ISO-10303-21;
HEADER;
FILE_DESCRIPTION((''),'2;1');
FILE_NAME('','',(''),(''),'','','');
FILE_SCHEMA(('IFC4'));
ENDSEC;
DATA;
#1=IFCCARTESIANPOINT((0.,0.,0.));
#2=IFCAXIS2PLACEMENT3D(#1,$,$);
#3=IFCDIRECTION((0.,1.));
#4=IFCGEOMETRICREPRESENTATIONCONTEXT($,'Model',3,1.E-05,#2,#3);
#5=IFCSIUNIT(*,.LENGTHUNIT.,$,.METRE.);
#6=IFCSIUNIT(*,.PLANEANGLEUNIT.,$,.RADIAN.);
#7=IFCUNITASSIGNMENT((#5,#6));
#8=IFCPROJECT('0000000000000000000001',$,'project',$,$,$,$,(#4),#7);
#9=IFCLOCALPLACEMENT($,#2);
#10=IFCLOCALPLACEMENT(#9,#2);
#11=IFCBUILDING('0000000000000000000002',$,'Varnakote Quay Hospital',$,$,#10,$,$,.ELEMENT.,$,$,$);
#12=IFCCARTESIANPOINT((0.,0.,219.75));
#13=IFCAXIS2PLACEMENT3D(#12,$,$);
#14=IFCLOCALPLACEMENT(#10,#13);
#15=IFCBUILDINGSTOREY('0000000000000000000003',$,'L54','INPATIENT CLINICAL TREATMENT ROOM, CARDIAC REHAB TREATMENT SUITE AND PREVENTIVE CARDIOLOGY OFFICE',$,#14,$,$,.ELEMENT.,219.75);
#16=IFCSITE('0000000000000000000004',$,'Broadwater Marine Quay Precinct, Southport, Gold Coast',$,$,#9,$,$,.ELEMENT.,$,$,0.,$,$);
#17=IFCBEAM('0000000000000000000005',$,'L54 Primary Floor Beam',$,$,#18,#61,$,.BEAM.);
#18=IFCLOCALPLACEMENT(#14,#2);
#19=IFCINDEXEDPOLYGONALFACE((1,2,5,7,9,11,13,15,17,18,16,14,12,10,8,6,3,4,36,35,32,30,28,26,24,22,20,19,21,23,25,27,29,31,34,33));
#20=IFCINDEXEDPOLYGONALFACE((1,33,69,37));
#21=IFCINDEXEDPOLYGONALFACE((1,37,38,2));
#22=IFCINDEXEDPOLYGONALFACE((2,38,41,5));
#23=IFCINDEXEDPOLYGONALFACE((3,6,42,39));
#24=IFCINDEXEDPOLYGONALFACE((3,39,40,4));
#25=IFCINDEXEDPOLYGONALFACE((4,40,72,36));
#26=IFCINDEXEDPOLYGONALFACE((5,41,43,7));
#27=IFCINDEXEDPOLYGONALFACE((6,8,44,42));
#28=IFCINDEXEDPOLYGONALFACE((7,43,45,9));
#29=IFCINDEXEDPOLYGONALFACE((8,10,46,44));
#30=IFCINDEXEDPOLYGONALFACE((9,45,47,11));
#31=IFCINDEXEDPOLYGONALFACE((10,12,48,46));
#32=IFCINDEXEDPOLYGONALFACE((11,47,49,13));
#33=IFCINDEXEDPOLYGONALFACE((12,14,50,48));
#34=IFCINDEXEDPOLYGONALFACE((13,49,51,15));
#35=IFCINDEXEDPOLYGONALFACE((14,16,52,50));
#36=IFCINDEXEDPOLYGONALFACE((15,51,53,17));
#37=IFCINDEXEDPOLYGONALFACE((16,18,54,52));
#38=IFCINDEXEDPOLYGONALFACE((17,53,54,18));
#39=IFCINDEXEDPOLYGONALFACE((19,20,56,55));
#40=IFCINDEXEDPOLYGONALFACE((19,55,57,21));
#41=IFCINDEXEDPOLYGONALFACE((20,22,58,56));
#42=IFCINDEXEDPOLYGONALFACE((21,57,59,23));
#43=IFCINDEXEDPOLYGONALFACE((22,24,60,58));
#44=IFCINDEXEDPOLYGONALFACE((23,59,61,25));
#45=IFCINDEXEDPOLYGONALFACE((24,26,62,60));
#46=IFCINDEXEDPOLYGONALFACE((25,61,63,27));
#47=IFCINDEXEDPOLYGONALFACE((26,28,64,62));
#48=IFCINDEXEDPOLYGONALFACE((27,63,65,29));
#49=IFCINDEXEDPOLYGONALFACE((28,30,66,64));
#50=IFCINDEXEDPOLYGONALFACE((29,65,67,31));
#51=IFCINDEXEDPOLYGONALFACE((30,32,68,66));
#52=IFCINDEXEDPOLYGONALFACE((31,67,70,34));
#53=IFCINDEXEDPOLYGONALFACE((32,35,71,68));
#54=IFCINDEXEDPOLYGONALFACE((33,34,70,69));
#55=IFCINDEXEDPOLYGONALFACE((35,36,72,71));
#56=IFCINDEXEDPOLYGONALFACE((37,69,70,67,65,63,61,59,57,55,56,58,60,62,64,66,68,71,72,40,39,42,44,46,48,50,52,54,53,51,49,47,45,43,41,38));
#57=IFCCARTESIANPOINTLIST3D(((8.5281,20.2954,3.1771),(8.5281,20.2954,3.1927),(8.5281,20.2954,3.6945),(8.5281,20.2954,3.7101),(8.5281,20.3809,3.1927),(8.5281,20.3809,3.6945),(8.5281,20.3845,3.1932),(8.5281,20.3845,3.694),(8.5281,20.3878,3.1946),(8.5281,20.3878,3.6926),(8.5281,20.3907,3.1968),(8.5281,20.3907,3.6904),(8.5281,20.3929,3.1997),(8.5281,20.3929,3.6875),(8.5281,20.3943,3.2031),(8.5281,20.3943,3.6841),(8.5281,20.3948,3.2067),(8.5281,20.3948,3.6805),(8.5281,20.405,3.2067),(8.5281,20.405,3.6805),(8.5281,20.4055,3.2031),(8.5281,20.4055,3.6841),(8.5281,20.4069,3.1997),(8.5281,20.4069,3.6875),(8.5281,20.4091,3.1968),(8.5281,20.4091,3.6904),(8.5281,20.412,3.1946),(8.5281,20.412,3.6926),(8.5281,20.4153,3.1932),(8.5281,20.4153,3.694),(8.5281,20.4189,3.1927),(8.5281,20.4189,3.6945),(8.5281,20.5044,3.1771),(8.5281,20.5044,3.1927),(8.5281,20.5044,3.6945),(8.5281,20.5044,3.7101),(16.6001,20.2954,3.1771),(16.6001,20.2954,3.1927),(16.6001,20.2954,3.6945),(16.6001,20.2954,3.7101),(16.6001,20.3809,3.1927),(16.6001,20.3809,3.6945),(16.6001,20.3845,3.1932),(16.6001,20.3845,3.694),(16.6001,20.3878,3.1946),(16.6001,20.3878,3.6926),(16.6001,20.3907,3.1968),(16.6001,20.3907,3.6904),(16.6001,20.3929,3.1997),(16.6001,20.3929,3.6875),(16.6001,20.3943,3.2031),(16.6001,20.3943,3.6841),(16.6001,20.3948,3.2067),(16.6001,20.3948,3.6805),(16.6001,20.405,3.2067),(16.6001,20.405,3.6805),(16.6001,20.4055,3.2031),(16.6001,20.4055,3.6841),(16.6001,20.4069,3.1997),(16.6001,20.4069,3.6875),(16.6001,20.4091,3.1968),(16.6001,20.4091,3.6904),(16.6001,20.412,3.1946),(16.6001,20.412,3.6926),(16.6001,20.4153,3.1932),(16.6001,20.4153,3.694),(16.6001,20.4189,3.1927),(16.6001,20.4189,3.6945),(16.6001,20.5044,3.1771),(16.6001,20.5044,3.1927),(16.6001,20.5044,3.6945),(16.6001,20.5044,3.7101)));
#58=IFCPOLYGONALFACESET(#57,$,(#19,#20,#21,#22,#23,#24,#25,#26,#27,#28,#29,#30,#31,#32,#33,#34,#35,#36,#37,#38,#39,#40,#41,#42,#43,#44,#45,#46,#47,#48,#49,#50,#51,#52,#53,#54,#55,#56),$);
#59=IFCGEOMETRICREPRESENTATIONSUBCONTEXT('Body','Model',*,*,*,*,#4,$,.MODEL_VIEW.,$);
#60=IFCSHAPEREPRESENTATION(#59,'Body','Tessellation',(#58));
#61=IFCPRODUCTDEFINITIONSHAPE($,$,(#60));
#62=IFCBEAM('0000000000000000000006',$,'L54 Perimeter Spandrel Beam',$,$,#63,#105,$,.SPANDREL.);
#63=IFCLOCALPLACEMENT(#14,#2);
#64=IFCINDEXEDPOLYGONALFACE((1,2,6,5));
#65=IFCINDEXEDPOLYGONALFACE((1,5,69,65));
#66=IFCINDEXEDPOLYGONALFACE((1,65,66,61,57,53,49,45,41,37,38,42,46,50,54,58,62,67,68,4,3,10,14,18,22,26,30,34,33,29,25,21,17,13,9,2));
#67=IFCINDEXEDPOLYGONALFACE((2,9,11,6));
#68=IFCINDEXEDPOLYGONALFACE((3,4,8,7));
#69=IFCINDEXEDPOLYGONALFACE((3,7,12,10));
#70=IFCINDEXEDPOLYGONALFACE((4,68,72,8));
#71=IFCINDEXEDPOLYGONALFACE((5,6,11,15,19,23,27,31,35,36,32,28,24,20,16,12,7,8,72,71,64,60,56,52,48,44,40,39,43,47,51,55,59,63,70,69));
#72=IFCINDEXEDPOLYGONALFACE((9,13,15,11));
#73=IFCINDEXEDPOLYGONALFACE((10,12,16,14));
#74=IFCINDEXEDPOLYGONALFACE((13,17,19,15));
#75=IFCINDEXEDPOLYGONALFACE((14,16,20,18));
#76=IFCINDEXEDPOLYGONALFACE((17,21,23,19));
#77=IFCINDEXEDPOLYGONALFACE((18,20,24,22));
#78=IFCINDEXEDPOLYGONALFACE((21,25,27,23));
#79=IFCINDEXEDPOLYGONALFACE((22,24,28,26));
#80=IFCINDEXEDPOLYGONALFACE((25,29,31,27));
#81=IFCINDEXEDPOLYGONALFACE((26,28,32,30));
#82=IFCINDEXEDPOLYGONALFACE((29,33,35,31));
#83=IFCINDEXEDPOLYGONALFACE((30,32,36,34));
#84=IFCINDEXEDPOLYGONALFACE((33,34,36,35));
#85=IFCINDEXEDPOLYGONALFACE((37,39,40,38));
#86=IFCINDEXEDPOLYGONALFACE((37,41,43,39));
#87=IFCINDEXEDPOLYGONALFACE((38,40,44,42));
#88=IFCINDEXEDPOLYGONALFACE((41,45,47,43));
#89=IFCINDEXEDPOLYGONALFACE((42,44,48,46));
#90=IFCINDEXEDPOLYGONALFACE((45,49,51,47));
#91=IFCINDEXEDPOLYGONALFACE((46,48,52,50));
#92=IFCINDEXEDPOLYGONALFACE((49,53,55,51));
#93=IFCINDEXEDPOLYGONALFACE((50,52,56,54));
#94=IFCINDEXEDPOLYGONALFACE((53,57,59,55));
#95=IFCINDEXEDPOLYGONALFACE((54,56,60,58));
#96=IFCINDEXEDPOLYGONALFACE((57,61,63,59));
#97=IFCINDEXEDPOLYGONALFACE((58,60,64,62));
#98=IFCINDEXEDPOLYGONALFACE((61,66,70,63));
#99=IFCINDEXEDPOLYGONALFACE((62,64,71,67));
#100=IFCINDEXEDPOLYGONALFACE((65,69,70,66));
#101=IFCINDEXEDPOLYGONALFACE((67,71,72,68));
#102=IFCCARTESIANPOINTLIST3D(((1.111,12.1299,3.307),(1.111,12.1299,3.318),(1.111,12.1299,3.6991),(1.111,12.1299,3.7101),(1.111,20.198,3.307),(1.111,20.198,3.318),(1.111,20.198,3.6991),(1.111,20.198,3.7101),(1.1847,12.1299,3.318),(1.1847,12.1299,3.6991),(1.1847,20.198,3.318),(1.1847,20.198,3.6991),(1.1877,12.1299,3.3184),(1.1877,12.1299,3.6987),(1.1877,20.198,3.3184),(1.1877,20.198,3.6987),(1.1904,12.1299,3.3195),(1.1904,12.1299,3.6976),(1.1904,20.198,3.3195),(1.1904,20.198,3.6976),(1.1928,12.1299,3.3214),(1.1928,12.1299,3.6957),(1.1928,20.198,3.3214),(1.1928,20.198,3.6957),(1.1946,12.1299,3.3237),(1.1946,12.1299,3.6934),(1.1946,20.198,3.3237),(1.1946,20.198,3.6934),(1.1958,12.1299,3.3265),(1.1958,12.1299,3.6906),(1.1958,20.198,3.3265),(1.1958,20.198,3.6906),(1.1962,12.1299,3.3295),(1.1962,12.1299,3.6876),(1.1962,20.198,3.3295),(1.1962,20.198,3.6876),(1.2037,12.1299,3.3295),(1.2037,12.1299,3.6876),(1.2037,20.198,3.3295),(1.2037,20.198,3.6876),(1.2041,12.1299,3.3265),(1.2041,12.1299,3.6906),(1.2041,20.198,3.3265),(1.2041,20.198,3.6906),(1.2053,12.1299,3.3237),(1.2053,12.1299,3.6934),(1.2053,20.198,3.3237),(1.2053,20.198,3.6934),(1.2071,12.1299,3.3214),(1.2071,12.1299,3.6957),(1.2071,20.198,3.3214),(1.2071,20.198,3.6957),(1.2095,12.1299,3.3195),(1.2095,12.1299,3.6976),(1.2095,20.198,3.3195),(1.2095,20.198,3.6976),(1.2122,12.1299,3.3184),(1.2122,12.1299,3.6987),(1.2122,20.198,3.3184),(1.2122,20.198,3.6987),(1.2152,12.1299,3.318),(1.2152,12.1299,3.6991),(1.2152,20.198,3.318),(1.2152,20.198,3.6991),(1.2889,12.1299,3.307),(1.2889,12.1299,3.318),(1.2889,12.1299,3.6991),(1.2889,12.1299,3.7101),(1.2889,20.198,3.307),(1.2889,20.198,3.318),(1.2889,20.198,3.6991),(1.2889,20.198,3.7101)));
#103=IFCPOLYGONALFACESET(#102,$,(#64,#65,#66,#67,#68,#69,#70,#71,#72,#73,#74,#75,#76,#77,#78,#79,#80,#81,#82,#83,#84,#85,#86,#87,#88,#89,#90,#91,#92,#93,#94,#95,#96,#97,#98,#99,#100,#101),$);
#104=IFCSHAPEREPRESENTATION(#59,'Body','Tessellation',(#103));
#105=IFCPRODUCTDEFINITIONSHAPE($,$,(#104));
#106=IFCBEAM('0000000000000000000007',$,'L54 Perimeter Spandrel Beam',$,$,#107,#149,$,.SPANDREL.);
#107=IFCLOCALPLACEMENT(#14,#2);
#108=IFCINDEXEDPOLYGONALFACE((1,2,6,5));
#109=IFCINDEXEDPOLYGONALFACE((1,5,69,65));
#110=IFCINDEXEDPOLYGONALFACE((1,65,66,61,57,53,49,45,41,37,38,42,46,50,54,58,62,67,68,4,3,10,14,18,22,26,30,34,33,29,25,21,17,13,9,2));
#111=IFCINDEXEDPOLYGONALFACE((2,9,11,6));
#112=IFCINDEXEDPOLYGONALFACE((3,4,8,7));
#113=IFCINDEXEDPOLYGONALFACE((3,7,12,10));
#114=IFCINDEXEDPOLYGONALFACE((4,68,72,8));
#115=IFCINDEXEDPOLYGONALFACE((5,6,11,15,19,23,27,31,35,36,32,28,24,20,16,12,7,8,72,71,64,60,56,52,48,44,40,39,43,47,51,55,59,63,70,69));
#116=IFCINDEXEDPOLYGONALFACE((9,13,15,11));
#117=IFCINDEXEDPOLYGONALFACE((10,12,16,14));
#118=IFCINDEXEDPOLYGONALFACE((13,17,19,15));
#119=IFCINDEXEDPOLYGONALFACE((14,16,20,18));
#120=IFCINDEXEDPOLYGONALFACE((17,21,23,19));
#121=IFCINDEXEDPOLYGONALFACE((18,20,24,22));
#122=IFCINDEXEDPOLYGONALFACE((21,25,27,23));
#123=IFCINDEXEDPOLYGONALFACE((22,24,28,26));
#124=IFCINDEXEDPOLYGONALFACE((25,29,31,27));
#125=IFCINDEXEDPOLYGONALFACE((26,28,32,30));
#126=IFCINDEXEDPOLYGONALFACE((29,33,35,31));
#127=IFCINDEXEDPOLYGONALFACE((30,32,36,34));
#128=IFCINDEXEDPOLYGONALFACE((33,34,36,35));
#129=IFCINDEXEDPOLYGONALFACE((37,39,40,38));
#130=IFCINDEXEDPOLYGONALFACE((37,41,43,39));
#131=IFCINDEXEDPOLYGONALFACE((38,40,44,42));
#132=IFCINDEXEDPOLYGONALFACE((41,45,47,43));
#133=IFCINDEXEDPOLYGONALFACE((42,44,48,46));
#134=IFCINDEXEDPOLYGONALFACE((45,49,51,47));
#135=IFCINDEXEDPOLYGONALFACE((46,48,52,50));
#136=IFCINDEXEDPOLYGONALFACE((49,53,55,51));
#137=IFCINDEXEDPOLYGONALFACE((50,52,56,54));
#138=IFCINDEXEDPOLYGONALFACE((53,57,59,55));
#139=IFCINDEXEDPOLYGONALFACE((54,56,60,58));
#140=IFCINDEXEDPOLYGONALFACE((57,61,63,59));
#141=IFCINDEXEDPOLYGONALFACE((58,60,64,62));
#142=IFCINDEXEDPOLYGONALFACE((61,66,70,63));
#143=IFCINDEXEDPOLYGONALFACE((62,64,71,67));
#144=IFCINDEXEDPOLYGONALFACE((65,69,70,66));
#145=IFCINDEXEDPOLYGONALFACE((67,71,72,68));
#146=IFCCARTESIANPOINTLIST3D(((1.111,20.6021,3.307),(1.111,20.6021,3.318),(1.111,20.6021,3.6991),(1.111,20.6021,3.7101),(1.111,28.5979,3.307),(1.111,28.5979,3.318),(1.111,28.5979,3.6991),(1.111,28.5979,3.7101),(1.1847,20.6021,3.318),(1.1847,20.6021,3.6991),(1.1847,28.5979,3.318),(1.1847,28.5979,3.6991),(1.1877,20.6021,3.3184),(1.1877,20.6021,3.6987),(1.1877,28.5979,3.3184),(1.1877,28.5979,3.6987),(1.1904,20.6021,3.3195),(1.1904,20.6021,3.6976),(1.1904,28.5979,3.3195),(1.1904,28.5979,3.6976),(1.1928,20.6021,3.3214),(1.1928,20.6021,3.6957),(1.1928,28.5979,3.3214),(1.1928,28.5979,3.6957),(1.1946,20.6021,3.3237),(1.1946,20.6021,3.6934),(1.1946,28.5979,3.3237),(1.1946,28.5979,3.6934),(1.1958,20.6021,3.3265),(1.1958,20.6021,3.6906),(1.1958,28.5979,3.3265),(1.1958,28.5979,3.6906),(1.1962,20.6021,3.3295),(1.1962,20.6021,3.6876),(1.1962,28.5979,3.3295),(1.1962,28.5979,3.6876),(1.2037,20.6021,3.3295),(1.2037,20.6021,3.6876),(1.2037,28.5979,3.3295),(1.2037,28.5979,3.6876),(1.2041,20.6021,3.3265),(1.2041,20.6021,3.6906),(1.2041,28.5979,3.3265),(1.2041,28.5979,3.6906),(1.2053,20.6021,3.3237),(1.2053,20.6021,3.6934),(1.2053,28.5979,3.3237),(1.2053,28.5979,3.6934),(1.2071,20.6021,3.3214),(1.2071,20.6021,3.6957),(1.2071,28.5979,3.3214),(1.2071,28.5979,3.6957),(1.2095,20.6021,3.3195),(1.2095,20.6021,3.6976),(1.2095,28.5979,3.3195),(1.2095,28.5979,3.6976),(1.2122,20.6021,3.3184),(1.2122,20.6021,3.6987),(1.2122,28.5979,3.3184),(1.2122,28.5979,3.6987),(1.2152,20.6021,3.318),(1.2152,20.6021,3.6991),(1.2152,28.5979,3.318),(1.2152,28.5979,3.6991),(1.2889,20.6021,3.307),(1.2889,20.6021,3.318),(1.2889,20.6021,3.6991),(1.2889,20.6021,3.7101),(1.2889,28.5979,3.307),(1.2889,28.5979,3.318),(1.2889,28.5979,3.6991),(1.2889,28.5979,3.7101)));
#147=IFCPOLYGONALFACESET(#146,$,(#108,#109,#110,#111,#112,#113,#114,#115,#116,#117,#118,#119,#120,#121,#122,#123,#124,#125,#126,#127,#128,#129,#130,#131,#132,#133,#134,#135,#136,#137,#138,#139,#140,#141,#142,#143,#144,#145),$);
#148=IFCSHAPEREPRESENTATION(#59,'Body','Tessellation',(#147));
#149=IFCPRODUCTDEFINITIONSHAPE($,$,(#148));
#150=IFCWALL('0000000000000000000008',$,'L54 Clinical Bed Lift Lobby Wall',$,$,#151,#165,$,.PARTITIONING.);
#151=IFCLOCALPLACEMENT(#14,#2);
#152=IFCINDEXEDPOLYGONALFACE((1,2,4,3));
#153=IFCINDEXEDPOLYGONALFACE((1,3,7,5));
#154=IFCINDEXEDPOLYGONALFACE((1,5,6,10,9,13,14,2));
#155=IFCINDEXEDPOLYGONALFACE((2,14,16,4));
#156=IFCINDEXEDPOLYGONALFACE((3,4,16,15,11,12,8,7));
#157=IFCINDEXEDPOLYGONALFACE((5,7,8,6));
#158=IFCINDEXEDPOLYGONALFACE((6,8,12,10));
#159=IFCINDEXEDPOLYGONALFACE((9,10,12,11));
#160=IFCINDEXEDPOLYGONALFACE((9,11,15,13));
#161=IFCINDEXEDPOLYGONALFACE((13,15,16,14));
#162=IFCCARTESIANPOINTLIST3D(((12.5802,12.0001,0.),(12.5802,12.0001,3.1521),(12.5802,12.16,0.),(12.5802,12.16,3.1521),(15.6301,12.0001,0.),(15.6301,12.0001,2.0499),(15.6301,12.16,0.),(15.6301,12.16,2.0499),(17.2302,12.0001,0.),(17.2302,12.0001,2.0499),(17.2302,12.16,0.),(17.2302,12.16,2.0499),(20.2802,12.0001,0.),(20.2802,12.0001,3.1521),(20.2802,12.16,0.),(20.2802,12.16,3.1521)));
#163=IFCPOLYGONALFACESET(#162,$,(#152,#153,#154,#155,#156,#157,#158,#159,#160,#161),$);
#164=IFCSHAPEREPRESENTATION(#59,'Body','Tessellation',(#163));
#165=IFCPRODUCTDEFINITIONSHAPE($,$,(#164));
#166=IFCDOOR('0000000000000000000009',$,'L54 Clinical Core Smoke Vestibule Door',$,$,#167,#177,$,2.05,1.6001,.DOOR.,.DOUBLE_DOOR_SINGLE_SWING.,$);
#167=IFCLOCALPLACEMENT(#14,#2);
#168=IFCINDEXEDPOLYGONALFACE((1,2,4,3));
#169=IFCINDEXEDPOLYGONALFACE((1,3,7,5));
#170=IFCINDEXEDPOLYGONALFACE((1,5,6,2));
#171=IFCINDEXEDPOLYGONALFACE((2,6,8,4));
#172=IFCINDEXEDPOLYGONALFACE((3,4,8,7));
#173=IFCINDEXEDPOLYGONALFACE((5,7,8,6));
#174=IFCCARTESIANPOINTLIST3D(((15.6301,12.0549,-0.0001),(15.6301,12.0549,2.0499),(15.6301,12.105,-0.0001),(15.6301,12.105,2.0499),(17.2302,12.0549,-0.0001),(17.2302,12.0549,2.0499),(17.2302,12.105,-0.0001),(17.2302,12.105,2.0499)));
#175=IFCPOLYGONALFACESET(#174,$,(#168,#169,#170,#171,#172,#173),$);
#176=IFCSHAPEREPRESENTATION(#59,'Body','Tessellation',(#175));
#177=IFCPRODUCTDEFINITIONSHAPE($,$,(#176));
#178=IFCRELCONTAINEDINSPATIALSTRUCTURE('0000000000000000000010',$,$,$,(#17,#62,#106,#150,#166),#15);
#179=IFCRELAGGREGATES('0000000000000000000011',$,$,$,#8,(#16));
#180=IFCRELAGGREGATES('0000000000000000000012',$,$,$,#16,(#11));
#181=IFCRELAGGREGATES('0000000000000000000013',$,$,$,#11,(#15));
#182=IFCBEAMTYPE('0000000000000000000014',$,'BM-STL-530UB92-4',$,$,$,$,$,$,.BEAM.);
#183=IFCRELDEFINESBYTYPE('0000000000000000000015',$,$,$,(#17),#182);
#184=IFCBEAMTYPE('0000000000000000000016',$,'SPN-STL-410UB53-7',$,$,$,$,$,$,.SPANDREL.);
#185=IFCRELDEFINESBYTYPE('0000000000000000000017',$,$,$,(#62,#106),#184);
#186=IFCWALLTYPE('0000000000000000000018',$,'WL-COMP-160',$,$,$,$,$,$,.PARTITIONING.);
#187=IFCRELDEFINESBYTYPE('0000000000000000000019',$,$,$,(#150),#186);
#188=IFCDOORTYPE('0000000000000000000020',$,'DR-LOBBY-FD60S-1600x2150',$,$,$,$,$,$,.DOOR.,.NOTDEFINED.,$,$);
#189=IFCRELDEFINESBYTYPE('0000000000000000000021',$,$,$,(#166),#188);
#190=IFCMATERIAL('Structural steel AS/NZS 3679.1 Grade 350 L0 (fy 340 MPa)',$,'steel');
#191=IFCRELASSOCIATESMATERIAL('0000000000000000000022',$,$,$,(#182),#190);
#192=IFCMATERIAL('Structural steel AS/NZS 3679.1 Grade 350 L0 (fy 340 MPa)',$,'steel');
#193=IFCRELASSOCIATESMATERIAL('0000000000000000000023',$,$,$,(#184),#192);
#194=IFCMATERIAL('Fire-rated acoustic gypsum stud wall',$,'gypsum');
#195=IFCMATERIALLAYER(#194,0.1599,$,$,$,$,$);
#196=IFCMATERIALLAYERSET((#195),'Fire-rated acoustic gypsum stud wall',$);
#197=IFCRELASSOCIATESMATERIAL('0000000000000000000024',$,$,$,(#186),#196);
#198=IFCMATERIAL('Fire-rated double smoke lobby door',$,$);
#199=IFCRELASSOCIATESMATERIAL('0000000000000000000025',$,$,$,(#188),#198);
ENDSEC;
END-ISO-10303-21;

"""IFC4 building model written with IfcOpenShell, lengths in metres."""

from ifc_helpers import new_model, si_unit, direction, frame, frame_2d, origin, origin_2d, place, context, subcontext, project, spatial, rectangle, i_section, extrude, material, layer, layer_set, material_profile, profile_set, type_object, element, fill, save


model = new_model("IFC4")

# Units and contexts
model_context = context("Model", 3, precision=1e-05, world=origin(), true_north=direction((0.0, 1.0)))
body_context = subcontext(model_context, "Body", "Model", "MODEL_VIEW")
ifc_project = project(units=[si_unit("LENGTHUNIT", "METRE"), si_unit("PLANEANGLEUNIT", "RADIAN")], contexts=[model_context])

# Site, building, storey
site_placement = place(None, origin())
site = spatial("IfcSite", under=ifc_project, at=site_placement, Name="Broadwater Marine Quay Precinct, Southport, Gold Coast", CompositionType="ELEMENT", RefElevation=0.0)
building_placement = place(site_placement, origin())
building = spatial("IfcBuilding", under=site, at=building_placement, Name="Varnakote Quay Hospital", CompositionType="ELEMENT")
storey_placement = place(building_placement, frame((0.0, 0.0, 219.75)))
storey = spatial("IfcBuildingStorey", under=building, at=storey_placement, Name="L54", Description="INPATIENT CLINICAL TREATMENT ROOM, CARDIAC REHAB TREATMENT SUITE AND PREVENTIVE CARDIOLOGY OFFICE", CompositionType="ELEMENT", Elevation=219.75)

# Beams
ifc_material_1 = material(Name="Structural steel AS/NZS 3679.1 Grade 350 L0 (fy 340 MPa)", Category="steel")
ifc_material_profile_1 = material_profile(ifc_material_1, i_section(OverallWidth=0.209, OverallDepth=0.533, WebThickness=0.0103, FlangeThickness=0.0156, FilletRadius=0.0139, at=origin_2d()), Name="530UB92.4")
ifc_profile_set_1 = profile_set([ifc_material_profile_1], Name="Structural steel AS/NZS 3679.1 Grade 350 L0 (fy 340 MPa)")
beam_type_1 = type_object("IfcBeamType", Name="BM-STL-530UB92-4", PredefinedType="BEAM", material=ifc_profile_set_1)
beam_1_placement = place(storey_placement, frame((8.5281, 20.3999, 3.4436), z_axis=(1.0, 0.0, 0.0), x_axis=(0.0, 1.0, 0.0)))
element("IfcBeam", 1, at=beam_1_placement, inside=storey, type_object=beam_type_1, Name="L54 Primary Floor Beam", PredefinedType="BEAM", context=body_context, shape_type="SweptSolid", body=[
    extrude(i_section(OverallWidth=0.209, OverallDepth=0.533, WebThickness=0.0103, FlangeThickness=0.0156, FilletRadius=0.0139, at=origin_2d()), origin(), (0.0, 0.0, 1.0), 8.072),
])
ifc_material_2 = material(Name="Structural steel AS/NZS 3679.1 Grade 350 L0 (fy 340 MPa)", Category="steel")
ifc_material_profile_2 = material_profile(ifc_material_2, i_section(OverallWidth=0.178, OverallDepth=0.4031, WebThickness=0.0076, FlangeThickness=0.011, FilletRadius=0.0115, at=origin_2d()), Name="410UB53.7")
ifc_profile_set_2 = profile_set([ifc_material_profile_2], Name="Structural steel AS/NZS 3679.1 Grade 350 L0 (fy 340 MPa)")
beam_type_2 = type_object("IfcBeamType", Name="SPN-STL-410UB53-7", PredefinedType="SPANDREL", material=ifc_profile_set_2)
beam_2_placement = place(storey_placement, frame((1.2, 12.1299, 3.5085), z_axis=(0.0, 1.0, 0.0), x_axis=(-1.0, 0.0, 0.0)))
element("IfcBeam", 2, at=beam_2_placement, inside=storey, type_object=beam_type_2, Name="L54 Perimeter Spandrel Beam", PredefinedType="SPANDREL", context=body_context, shape_type="SweptSolid", body=[
    extrude(i_section(OverallWidth=0.178, OverallDepth=0.4031, WebThickness=0.0076, FlangeThickness=0.011, FilletRadius=0.0115, at=origin_2d()), origin(), (0.0, 0.0, 1.0), 8.0681),
])
beam_3_placement = place(storey_placement, frame((1.2, 20.6021, 3.5085), z_axis=(0.0, 1.0, 0.0), x_axis=(-1.0, 0.0, 0.0)))
element("IfcBeam", 3, at=beam_3_placement, inside=storey, type_object=beam_type_2, Name="L54 Perimeter Spandrel Beam", PredefinedType="SPANDREL", context=body_context, shape_type="SweptSolid", body=[
    extrude(i_section(OverallWidth=0.178, OverallDepth=0.4031, WebThickness=0.0076, FlangeThickness=0.011, FilletRadius=0.0115, at=origin_2d()), origin(), (0.0, 0.0, 1.0), 7.9958),
])

# Wall, opening, door
ifc_material_3 = material(Name="Fire-rated acoustic gypsum stud wall", Category="gypsum")
ifc_layer_1 = layer(ifc_material_3, 0.1599)
ifc_layer_set_1 = layer_set([ifc_layer_1], Name="Fire-rated acoustic gypsum stud wall")
wall_type_1 = type_object("IfcWallType", Name="WL-COMP-160", PredefinedType="PARTITIONING", material=ifc_layer_set_1)
wall_1_placement = place(storey_placement, frame((12.5801, 12.0801, 0.0), z_axis=(0.0, 0.0, 1.0), x_axis=(1.0, 0.0, 0.0)))
wall_1 = element("IfcWall", 4, at=wall_1_placement, inside=storey, type_object=wall_type_1, Name="L54 Clinical Bed Lift Lobby Wall", PredefinedType="PARTITIONING", context=body_context, shape_type="SweptSolid", body=[
    extrude(rectangle(XDim=7.7, YDim=0.1599, at=frame_2d((3.8501, 0.0))), origin(), (0.0, 0.0, 1.0), 3.1521),
])
opening_1_placement = place(wall_1_placement, frame((3.05, 0.0, 0.0)))
opening_1 = element("IfcOpeningElement", 5, at=opening_1_placement, cuts=wall_1, PredefinedType="OPENING", context=body_context, shape_type="SweptSolid", body=[
    extrude(rectangle(XDim=1.6001, YDim=2.05, at=frame_2d((0.8, 1.0249))), frame((0.0, 0.0898, 0.0), z_axis=(0.0, -1.0, 0.0), x_axis=(1.0, 0.0, 0.0)), (0.0, 0.0, 1.0), 0.1799),
])
ifc_material_4 = material(Name="Fire-rated double smoke lobby door")
door_type_1 = type_object("IfcDoorType", Name="DR-LOBBY-FD60S-1600x2150", OperationType="NOTDEFINED", PredefinedType="DOOR", material=ifc_material_4)
door_1_placement = place(opening_1_placement, origin())
door_1 = element("IfcDoor", 6, at=door_1_placement, inside=storey, type_object=door_type_1, Name="L54 Clinical Core Smoke Vestibule Door", OperationType="DOUBLE_DOOR_SINGLE_SWING", OverallHeight=2.05, OverallWidth=1.6001, PredefinedType="DOOR", context=body_context, shape_type="SweptSolid", body=[
    extrude(rectangle(XDim=1.6001, YDim=2.05, at=frame_2d((0.8, 1.0249))), frame((0.0, 0.0249, 0.0), z_axis=(0.0, -1.0, 0.0), x_axis=(1.0, 0.0, 0.0)), (0.0, 0.0, 1.0), 0.05),
])
fill(opening_1, door_1)

save(model, "model.ifc")
